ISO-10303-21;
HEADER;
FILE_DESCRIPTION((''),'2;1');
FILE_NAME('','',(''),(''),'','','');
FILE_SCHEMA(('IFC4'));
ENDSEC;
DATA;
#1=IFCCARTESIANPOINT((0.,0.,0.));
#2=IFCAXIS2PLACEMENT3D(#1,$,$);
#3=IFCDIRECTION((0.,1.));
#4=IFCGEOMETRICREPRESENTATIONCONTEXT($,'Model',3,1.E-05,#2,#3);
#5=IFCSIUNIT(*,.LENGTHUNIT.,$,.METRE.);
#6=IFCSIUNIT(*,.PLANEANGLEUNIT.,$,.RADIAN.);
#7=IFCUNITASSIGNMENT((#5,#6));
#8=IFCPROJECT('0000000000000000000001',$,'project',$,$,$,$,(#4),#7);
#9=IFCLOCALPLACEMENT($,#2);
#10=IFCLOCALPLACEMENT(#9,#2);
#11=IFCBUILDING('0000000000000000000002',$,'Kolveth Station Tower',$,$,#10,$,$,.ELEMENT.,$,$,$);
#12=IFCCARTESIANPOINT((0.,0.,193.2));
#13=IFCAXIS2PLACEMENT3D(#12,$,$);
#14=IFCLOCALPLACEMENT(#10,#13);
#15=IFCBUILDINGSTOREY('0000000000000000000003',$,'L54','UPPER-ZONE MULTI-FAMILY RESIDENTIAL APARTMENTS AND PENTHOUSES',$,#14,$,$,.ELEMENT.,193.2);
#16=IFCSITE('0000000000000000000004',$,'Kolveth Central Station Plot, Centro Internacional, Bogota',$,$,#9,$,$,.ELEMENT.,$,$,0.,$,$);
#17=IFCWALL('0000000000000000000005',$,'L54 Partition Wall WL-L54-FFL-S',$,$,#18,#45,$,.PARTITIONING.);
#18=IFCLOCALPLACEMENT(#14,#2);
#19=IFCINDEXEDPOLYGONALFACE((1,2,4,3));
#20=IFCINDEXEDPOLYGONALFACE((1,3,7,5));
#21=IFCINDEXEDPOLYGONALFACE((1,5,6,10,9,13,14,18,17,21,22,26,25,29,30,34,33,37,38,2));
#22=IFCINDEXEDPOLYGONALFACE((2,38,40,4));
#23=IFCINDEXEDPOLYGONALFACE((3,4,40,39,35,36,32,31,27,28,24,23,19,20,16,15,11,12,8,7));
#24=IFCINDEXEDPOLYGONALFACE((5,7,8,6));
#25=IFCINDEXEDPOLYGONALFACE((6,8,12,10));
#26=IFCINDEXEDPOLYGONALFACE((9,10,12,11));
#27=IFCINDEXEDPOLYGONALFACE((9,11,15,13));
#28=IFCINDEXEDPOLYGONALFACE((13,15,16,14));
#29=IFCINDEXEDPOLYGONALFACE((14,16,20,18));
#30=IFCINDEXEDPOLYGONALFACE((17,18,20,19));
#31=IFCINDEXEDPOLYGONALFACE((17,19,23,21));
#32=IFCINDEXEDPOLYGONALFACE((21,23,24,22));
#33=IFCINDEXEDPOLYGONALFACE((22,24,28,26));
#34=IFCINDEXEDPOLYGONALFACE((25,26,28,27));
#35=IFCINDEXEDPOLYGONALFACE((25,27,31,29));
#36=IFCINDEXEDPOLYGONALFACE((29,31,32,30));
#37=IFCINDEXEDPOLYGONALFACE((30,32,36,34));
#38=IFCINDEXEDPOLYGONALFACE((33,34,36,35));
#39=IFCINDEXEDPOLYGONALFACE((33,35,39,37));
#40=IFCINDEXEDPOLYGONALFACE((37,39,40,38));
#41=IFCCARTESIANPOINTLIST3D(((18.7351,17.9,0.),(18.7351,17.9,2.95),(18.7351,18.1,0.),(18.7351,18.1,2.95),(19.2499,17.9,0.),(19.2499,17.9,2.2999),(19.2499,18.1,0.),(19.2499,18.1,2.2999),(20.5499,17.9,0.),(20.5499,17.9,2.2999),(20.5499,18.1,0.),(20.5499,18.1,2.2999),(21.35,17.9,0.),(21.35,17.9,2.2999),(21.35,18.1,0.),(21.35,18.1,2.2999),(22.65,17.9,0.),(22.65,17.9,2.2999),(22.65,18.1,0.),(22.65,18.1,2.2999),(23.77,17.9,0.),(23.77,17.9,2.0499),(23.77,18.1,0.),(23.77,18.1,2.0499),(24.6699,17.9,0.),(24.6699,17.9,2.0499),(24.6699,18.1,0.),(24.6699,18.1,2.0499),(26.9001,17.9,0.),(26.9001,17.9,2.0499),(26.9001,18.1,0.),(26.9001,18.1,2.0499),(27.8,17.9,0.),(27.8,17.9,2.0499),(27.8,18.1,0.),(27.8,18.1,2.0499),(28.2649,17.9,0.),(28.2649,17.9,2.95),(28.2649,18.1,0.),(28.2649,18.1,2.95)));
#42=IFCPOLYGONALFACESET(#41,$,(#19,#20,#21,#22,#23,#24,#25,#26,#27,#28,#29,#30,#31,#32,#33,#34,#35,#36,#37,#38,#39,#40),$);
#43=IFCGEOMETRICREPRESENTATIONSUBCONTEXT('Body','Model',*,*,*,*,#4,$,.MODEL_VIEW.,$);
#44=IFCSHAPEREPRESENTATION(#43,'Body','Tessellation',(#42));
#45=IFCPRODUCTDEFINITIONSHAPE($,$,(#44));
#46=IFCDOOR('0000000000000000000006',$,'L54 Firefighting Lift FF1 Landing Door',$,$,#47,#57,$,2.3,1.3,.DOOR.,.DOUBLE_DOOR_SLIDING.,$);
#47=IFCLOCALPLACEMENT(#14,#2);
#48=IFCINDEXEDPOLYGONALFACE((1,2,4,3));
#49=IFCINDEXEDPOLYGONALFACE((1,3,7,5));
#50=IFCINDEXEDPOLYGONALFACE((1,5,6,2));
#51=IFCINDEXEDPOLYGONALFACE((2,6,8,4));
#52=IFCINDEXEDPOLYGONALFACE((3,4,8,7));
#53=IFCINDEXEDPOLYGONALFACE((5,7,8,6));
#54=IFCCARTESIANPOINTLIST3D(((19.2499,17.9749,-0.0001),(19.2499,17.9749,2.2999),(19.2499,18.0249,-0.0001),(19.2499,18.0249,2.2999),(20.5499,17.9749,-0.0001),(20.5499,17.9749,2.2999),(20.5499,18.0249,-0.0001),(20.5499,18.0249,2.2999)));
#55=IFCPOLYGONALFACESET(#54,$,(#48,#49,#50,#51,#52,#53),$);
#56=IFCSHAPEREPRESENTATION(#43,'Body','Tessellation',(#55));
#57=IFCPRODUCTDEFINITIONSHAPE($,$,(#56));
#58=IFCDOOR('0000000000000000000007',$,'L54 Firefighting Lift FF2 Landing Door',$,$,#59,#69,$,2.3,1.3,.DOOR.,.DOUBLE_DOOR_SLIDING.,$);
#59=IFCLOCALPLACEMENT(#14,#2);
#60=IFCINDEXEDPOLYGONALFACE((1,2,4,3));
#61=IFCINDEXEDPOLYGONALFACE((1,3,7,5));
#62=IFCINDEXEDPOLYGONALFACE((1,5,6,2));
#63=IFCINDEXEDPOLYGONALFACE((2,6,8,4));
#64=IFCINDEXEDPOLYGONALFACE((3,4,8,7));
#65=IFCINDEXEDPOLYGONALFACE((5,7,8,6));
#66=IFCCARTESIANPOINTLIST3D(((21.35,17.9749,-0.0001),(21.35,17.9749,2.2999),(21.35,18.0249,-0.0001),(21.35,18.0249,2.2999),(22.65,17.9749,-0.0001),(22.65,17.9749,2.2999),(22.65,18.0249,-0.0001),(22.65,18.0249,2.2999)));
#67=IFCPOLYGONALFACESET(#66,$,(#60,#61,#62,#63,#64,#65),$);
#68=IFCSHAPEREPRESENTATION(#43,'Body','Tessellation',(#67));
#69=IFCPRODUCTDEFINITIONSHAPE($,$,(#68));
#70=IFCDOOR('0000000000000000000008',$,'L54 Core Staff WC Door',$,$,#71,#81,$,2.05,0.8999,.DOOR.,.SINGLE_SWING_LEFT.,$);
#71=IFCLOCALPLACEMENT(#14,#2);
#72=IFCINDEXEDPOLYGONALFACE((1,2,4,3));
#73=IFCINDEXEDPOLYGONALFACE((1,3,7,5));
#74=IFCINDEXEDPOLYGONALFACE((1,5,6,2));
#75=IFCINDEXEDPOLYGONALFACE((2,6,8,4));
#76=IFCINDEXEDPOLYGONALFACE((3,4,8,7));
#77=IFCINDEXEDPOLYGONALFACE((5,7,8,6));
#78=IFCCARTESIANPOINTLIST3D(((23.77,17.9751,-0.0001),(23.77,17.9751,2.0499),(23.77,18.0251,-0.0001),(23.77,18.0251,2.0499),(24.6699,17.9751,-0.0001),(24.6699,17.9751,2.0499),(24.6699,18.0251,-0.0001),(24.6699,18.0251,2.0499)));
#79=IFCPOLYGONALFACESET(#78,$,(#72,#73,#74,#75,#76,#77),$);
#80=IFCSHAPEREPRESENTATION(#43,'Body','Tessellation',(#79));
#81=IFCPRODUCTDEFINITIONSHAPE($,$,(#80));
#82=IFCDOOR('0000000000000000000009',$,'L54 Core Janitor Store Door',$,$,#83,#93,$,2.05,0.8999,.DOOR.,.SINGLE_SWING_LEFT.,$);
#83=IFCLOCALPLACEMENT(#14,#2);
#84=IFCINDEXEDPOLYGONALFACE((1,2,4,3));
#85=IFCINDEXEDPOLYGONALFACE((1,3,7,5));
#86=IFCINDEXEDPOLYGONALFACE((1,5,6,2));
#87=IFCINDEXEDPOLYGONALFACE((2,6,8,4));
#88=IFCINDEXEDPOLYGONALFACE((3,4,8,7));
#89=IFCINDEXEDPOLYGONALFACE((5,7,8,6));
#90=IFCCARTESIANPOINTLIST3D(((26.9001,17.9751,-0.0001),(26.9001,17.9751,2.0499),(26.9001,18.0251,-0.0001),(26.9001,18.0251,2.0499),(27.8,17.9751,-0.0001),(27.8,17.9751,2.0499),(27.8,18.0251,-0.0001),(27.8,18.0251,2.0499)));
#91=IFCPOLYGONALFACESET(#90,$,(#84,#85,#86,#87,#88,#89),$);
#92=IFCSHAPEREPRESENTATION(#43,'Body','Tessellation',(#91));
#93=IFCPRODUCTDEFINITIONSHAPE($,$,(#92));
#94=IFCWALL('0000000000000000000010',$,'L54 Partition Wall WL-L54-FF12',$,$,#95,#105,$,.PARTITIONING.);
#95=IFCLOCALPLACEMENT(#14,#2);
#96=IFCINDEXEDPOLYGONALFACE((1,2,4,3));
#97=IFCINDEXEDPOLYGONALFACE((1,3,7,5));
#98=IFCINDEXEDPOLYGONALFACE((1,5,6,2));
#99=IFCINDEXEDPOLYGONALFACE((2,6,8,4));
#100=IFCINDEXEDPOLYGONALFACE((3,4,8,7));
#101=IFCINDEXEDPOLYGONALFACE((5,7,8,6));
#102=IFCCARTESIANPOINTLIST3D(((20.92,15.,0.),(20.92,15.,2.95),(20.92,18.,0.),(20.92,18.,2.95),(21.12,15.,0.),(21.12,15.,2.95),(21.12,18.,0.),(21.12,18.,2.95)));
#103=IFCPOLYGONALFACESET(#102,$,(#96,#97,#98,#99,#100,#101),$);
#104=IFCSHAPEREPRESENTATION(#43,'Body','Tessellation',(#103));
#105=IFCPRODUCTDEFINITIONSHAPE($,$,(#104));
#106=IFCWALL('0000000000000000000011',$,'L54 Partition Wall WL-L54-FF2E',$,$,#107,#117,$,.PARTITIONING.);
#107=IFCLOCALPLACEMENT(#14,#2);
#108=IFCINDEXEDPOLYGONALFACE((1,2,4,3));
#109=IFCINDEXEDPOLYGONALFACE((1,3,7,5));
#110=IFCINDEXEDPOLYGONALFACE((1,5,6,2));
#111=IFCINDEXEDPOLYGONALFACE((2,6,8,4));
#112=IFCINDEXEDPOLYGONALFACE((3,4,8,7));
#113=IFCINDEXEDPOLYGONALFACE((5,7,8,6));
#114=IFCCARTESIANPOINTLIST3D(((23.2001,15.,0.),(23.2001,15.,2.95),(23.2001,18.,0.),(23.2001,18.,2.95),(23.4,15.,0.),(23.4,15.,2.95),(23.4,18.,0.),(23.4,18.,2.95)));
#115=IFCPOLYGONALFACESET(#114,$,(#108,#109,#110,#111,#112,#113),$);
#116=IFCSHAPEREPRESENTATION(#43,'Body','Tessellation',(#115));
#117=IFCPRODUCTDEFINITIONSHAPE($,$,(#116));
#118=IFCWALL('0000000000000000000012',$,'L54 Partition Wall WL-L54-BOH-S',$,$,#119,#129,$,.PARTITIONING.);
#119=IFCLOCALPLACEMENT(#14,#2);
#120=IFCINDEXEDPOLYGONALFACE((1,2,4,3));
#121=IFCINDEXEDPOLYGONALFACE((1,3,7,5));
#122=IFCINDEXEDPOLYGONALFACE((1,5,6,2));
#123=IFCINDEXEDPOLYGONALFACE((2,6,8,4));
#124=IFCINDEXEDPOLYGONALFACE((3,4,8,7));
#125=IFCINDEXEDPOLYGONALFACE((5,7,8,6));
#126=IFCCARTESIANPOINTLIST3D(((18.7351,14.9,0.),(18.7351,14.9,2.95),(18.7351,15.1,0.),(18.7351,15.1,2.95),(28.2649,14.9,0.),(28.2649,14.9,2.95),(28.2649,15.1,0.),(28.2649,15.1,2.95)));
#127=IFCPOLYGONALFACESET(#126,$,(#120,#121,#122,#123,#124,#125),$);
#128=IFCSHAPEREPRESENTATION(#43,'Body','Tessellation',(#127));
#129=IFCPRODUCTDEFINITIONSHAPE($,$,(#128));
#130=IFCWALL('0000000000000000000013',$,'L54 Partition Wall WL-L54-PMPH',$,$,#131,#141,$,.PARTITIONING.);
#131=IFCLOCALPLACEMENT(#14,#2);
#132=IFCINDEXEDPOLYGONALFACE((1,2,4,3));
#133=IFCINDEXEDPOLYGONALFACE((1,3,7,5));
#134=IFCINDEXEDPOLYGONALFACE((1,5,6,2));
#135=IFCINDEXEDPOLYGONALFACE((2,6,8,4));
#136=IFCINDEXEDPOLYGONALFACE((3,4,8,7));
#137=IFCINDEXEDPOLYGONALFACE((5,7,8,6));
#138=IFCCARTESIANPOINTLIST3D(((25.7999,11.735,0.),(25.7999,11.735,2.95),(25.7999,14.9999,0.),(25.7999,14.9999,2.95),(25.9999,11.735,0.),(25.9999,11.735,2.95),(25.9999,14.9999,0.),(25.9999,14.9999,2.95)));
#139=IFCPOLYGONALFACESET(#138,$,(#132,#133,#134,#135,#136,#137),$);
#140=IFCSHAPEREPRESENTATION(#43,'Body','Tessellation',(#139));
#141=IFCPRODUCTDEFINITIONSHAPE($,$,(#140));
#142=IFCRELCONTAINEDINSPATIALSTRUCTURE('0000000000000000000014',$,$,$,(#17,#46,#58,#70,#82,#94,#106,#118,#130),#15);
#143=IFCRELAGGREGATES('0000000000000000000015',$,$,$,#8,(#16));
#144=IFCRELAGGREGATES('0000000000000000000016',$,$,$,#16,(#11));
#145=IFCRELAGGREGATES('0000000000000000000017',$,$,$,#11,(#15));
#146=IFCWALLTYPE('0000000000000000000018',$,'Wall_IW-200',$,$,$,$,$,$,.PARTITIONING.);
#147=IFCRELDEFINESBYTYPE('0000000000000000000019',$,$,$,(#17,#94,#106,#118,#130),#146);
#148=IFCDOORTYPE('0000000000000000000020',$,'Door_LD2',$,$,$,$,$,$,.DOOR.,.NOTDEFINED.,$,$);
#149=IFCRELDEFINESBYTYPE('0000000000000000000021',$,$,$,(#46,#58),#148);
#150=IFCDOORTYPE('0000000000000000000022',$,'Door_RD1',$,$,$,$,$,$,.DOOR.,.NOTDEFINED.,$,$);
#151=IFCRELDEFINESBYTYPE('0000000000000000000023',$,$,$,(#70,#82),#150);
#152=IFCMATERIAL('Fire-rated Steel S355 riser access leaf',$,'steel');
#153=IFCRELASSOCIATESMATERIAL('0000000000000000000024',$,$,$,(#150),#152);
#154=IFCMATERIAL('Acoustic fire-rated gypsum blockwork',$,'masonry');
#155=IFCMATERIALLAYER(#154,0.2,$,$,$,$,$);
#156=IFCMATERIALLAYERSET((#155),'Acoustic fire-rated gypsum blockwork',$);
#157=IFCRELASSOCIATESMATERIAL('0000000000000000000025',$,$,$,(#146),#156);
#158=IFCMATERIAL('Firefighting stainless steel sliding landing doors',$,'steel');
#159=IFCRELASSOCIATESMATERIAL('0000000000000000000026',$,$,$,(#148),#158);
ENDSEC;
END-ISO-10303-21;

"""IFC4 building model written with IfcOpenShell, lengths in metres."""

from ifc_helpers import new_model, si_unit, direction, frame, frame_2d, origin, place, context, subcontext, project, spatial, rectangle, extrude, material, layer, layer_set, type_object, element, fill, save


model = new_model("IFC4")

# Units and contexts
model_context = context("Model", 3, precision=1e-05, world=origin(), true_north=direction((0.0, 1.0)))
body_context = subcontext(model_context, "Body", "Model", "MODEL_VIEW")
ifc_project = project(units=[si_unit("LENGTHUNIT", "METRE"), si_unit("PLANEANGLEUNIT", "RADIAN")], contexts=[model_context])

# Site, building, storey
site_placement = place(None, origin())
site = spatial("IfcSite", under=ifc_project, at=site_placement, Name="Kolveth Central Station Plot, Centro Internacional, Bogota", CompositionType="ELEMENT", RefElevation=0.0)
building_placement = place(site_placement, origin())
building = spatial("IfcBuilding", under=site, at=building_placement, Name="Kolveth Station Tower", CompositionType="ELEMENT")
storey_placement = place(building_placement, frame((0.0, 0.0, 193.2)))
storey = spatial("IfcBuildingStorey", under=building, at=storey_placement, Name="L54", Description="UPPER-ZONE MULTI-FAMILY RESIDENTIAL APARTMENTS AND PENTHOUSES", CompositionType="ELEMENT", Elevation=193.2)

# Shared definitions
ifc_material_1 = material(Name="Fire-rated Steel S355 riser access leaf", Category="steel")
door_type_1 = type_object("IfcDoorType", Name="Door_RD1", OperationType="NOTDEFINED", PredefinedType="DOOR", material=ifc_material_1)

# Shared definitions
ifc_material_2 = material(Name="Acoustic fire-rated gypsum blockwork", Category="masonry")
ifc_layer_1 = layer(ifc_material_2, 0.2)
ifc_layer_set_1 = layer_set([ifc_layer_1], Name="Acoustic fire-rated gypsum blockwork")
wall_type_1 = type_object("IfcWallType", Name="Wall_IW-200", PredefinedType="PARTITIONING", material=ifc_layer_set_1)

# Wall, openings, doors
wall_1_placement = place(storey_placement, frame((18.7351, 18.0, 0.0), z_axis=(0.0, 0.0, 1.0), x_axis=(1.0, 0.0, 0.0)))
wall_1 = element("IfcWall", 1, at=wall_1_placement, inside=storey, type_object=wall_type_1, Name="L54 Partition Wall WL-L54-FFL-S", PredefinedType="PARTITIONING", context=body_context, shape_type="SweptSolid", body=[
    extrude(rectangle(XDim=9.5298, YDim=0.2, at=frame_2d((4.7649, 0.0))), origin(), (0.0, 0.0, 1.0), 2.95),
])
opening_1_placement = place(wall_1_placement, frame((0.5149, 0.0, 0.0)))
opening_1 = element("IfcOpeningElement", 2, at=opening_1_placement, cuts=wall_1, PredefinedType="OPENING", context=body_context, shape_type="SweptSolid", body=[
    extrude(rectangle(XDim=1.3, YDim=2.3, at=frame_2d((0.6499, 1.1499))), frame((0.0, 0.1099, 0.0), z_axis=(0.0, -1.0, 0.0), x_axis=(1.0, 0.0, 0.0)), (0.0, 0.0, 1.0), 0.22),
])
opening_2_placement = place(wall_1_placement, frame((2.615, 0.0, 0.0)))
opening_2 = element("IfcOpeningElement", 3, at=opening_2_placement, cuts=wall_1, PredefinedType="OPENING", context=body_context, shape_type="SweptSolid", body=[
    extrude(rectangle(XDim=1.3, YDim=2.3, at=frame_2d((0.6499, 1.1499))), frame((0.0, 0.1099, 0.0), z_axis=(0.0, -1.0, 0.0), x_axis=(1.0, 0.0, 0.0)), (0.0, 0.0, 1.0), 0.22),
])
opening_3_placement = place(wall_1_placement, frame((5.0349, 0.0, 0.0)))
opening_3 = element("IfcOpeningElement", 4, at=opening_3_placement, cuts=wall_1, PredefinedType="OPENING", context=body_context, shape_type="SweptSolid", body=[
    extrude(rectangle(XDim=0.8999, YDim=2.05, at=frame_2d((0.45, 1.0249))), frame((0.0, 0.1099, 0.0), z_axis=(0.0, -1.0, 0.0), x_axis=(1.0, 0.0, 0.0)), (0.0, 0.0, 1.0), 0.22),
])
opening_4_placement = place(wall_1_placement, frame((8.165, 0.0, 0.0)))
opening_4 = element("IfcOpeningElement", 5, at=opening_4_placement, cuts=wall_1, PredefinedType="OPENING", context=body_context, shape_type="SweptSolid", body=[
    extrude(rectangle(XDim=0.8999, YDim=2.05, at=frame_2d((0.45, 1.0249))), frame((0.0, 0.1099, 0.0), z_axis=(0.0, -1.0, 0.0), x_axis=(1.0, 0.0, 0.0)), (0.0, 0.0, 1.0), 0.22),
])
ifc_material_3 = material(Name="Firefighting stainless steel sliding landing doors", Category="steel")
door_type_2 = type_object("IfcDoorType", Name="Door_LD2", OperationType="NOTDEFINED", PredefinedType="DOOR", material=ifc_material_3)
door_1_placement = place(opening_1_placement, origin())
door_1 = element("IfcDoor", 6, at=door_1_placement, inside=storey, type_object=door_type_2, Name="L54 Firefighting Lift FF1 Landing Door", OperationType="DOUBLE_DOOR_SLIDING", OverallHeight=2.3, OverallWidth=1.3, PredefinedType="DOOR", context=body_context, shape_type="SweptSolid", body=[
    extrude(rectangle(XDim=1.3, YDim=2.3, at=frame_2d((0.6499, 1.1499))), frame((0.0, 0.0249, 0.0), z_axis=(0.0, -1.0, 0.0), x_axis=(1.0, 0.0, 0.0)), (0.0, 0.0, 1.0), 0.05),
])
fill(opening_1, door_1)
door_2_placement = place(opening_2_placement, origin())
door_2 = element("IfcDoor", 7, at=door_2_placement, inside=storey, type_object=door_type_2, Name="L54 Firefighting Lift FF2 Landing Door", OperationType="DOUBLE_DOOR_SLIDING", OverallHeight=2.3, OverallWidth=1.3, PredefinedType="DOOR", context=body_context, shape_type="SweptSolid", body=[
    extrude(rectangle(XDim=1.3, YDim=2.3, at=frame_2d((0.6499, 1.1499))), frame((0.0, 0.0249, 0.0), z_axis=(0.0, -1.0, 0.0), x_axis=(1.0, 0.0, 0.0)), (0.0, 0.0, 1.0), 0.05),
])
fill(opening_2, door_2)
door_3_placement = place(opening_3_placement, frame((0.8999, 0.0, 0.0), z_axis=(0.0, 0.0, 1.0), x_axis=(-1.0, 0.0, 0.0)))
door_3 = element("IfcDoor", 8, at=door_3_placement, inside=storey, type_object=door_type_1, Name="L54 Core Staff WC Door", OperationType="SINGLE_SWING_LEFT", OverallHeight=2.05, OverallWidth=0.8999, PredefinedType="DOOR", context=body_context, shape_type="SweptSolid", body=[
    extrude(rectangle(XDim=0.8999, YDim=2.05, at=frame_2d((0.45, 1.0249))), frame((0.0, 0.0249, 0.0), z_axis=(0.0, -1.0, 0.0), x_axis=(1.0, 0.0, 0.0)), (0.0, 0.0, 1.0), 0.05),
])
fill(opening_3, door_3)
door_4_placement = place(opening_4_placement, frame((0.8999, 0.0, 0.0), z_axis=(0.0, 0.0, 1.0), x_axis=(-1.0, 0.0, 0.0)))
door_4 = element("IfcDoor", 9, at=door_4_placement, inside=storey, type_object=door_type_1, Name="L54 Core Janitor Store Door", OperationType="SINGLE_SWING_LEFT", OverallHeight=2.05, OverallWidth=0.8999, PredefinedType="DOOR", context=body_context, shape_type="SweptSolid", body=[
    extrude(rectangle(XDim=0.8999, YDim=2.05, at=frame_2d((0.45, 1.0249))), frame((0.0, 0.0249, 0.0), z_axis=(0.0, -1.0, 0.0), x_axis=(1.0, 0.0, 0.0)), (0.0, 0.0, 1.0), 0.05),
])
fill(opening_4, door_4)

# Walls
for number, where, z_axis, x_axis, name in (
    (10, (21.02, 15.0, 0.0), (0.0, 0.0, 1.0), (0.0, 1.0, 0.0), "L54 Partition Wall WL-L54-FF12"),
    (11, (23.3, 15.0, 0.0), (0.0, 0.0, 1.0), (0.0, 1.0, 0.0), "L54 Partition Wall WL-L54-FF2E"),
):
    element("IfcWall", number, at=place(storey_placement, frame(where, z_axis=z_axis, x_axis=x_axis)), inside=storey, type_object=wall_type_1, Name=name, PredefinedType="PARTITIONING", context=body_context, shape_type="SweptSolid", body=[
        extrude(rectangle(XDim=3.0, YDim=0.2, at=frame_2d((1.5, 0.0))), origin(), (0.0, 0.0, 1.0), 2.95),
    ])
wall_2_placement = place(storey_placement, frame((18.7351, 15.0, 0.0), z_axis=(0.0, 0.0, 1.0), x_axis=(1.0, 0.0, 0.0)))
element("IfcWall", 12, at=wall_2_placement, inside=storey, type_object=wall_type_1, Name="L54 Partition Wall WL-L54-BOH-S", PredefinedType="PARTITIONING", context=body_context, shape_type="SweptSolid", body=[
    extrude(rectangle(XDim=9.5298, YDim=0.2, at=frame_2d((4.7649, 0.0))), origin(), (0.0, 0.0, 1.0), 2.95),
])
wall_3_placement = place(storey_placement, frame((25.8999, 11.7351, 0.0), z_axis=(0.0, 0.0, 1.0), x_axis=(0.0, 1.0, 0.0)))
element("IfcWall", 13, at=wall_3_placement, inside=storey, type_object=wall_type_1, Name="L54 Partition Wall WL-L54-PMPH", PredefinedType="PARTITIONING", context=body_context, shape_type="SweptSolid", body=[
    extrude(rectangle(XDim=3.2649, YDim=0.2, at=frame_2d((1.6323, 0.0))), origin(), (0.0, 0.0, 1.0), 2.95),
])

save(model, "model.ifc")
